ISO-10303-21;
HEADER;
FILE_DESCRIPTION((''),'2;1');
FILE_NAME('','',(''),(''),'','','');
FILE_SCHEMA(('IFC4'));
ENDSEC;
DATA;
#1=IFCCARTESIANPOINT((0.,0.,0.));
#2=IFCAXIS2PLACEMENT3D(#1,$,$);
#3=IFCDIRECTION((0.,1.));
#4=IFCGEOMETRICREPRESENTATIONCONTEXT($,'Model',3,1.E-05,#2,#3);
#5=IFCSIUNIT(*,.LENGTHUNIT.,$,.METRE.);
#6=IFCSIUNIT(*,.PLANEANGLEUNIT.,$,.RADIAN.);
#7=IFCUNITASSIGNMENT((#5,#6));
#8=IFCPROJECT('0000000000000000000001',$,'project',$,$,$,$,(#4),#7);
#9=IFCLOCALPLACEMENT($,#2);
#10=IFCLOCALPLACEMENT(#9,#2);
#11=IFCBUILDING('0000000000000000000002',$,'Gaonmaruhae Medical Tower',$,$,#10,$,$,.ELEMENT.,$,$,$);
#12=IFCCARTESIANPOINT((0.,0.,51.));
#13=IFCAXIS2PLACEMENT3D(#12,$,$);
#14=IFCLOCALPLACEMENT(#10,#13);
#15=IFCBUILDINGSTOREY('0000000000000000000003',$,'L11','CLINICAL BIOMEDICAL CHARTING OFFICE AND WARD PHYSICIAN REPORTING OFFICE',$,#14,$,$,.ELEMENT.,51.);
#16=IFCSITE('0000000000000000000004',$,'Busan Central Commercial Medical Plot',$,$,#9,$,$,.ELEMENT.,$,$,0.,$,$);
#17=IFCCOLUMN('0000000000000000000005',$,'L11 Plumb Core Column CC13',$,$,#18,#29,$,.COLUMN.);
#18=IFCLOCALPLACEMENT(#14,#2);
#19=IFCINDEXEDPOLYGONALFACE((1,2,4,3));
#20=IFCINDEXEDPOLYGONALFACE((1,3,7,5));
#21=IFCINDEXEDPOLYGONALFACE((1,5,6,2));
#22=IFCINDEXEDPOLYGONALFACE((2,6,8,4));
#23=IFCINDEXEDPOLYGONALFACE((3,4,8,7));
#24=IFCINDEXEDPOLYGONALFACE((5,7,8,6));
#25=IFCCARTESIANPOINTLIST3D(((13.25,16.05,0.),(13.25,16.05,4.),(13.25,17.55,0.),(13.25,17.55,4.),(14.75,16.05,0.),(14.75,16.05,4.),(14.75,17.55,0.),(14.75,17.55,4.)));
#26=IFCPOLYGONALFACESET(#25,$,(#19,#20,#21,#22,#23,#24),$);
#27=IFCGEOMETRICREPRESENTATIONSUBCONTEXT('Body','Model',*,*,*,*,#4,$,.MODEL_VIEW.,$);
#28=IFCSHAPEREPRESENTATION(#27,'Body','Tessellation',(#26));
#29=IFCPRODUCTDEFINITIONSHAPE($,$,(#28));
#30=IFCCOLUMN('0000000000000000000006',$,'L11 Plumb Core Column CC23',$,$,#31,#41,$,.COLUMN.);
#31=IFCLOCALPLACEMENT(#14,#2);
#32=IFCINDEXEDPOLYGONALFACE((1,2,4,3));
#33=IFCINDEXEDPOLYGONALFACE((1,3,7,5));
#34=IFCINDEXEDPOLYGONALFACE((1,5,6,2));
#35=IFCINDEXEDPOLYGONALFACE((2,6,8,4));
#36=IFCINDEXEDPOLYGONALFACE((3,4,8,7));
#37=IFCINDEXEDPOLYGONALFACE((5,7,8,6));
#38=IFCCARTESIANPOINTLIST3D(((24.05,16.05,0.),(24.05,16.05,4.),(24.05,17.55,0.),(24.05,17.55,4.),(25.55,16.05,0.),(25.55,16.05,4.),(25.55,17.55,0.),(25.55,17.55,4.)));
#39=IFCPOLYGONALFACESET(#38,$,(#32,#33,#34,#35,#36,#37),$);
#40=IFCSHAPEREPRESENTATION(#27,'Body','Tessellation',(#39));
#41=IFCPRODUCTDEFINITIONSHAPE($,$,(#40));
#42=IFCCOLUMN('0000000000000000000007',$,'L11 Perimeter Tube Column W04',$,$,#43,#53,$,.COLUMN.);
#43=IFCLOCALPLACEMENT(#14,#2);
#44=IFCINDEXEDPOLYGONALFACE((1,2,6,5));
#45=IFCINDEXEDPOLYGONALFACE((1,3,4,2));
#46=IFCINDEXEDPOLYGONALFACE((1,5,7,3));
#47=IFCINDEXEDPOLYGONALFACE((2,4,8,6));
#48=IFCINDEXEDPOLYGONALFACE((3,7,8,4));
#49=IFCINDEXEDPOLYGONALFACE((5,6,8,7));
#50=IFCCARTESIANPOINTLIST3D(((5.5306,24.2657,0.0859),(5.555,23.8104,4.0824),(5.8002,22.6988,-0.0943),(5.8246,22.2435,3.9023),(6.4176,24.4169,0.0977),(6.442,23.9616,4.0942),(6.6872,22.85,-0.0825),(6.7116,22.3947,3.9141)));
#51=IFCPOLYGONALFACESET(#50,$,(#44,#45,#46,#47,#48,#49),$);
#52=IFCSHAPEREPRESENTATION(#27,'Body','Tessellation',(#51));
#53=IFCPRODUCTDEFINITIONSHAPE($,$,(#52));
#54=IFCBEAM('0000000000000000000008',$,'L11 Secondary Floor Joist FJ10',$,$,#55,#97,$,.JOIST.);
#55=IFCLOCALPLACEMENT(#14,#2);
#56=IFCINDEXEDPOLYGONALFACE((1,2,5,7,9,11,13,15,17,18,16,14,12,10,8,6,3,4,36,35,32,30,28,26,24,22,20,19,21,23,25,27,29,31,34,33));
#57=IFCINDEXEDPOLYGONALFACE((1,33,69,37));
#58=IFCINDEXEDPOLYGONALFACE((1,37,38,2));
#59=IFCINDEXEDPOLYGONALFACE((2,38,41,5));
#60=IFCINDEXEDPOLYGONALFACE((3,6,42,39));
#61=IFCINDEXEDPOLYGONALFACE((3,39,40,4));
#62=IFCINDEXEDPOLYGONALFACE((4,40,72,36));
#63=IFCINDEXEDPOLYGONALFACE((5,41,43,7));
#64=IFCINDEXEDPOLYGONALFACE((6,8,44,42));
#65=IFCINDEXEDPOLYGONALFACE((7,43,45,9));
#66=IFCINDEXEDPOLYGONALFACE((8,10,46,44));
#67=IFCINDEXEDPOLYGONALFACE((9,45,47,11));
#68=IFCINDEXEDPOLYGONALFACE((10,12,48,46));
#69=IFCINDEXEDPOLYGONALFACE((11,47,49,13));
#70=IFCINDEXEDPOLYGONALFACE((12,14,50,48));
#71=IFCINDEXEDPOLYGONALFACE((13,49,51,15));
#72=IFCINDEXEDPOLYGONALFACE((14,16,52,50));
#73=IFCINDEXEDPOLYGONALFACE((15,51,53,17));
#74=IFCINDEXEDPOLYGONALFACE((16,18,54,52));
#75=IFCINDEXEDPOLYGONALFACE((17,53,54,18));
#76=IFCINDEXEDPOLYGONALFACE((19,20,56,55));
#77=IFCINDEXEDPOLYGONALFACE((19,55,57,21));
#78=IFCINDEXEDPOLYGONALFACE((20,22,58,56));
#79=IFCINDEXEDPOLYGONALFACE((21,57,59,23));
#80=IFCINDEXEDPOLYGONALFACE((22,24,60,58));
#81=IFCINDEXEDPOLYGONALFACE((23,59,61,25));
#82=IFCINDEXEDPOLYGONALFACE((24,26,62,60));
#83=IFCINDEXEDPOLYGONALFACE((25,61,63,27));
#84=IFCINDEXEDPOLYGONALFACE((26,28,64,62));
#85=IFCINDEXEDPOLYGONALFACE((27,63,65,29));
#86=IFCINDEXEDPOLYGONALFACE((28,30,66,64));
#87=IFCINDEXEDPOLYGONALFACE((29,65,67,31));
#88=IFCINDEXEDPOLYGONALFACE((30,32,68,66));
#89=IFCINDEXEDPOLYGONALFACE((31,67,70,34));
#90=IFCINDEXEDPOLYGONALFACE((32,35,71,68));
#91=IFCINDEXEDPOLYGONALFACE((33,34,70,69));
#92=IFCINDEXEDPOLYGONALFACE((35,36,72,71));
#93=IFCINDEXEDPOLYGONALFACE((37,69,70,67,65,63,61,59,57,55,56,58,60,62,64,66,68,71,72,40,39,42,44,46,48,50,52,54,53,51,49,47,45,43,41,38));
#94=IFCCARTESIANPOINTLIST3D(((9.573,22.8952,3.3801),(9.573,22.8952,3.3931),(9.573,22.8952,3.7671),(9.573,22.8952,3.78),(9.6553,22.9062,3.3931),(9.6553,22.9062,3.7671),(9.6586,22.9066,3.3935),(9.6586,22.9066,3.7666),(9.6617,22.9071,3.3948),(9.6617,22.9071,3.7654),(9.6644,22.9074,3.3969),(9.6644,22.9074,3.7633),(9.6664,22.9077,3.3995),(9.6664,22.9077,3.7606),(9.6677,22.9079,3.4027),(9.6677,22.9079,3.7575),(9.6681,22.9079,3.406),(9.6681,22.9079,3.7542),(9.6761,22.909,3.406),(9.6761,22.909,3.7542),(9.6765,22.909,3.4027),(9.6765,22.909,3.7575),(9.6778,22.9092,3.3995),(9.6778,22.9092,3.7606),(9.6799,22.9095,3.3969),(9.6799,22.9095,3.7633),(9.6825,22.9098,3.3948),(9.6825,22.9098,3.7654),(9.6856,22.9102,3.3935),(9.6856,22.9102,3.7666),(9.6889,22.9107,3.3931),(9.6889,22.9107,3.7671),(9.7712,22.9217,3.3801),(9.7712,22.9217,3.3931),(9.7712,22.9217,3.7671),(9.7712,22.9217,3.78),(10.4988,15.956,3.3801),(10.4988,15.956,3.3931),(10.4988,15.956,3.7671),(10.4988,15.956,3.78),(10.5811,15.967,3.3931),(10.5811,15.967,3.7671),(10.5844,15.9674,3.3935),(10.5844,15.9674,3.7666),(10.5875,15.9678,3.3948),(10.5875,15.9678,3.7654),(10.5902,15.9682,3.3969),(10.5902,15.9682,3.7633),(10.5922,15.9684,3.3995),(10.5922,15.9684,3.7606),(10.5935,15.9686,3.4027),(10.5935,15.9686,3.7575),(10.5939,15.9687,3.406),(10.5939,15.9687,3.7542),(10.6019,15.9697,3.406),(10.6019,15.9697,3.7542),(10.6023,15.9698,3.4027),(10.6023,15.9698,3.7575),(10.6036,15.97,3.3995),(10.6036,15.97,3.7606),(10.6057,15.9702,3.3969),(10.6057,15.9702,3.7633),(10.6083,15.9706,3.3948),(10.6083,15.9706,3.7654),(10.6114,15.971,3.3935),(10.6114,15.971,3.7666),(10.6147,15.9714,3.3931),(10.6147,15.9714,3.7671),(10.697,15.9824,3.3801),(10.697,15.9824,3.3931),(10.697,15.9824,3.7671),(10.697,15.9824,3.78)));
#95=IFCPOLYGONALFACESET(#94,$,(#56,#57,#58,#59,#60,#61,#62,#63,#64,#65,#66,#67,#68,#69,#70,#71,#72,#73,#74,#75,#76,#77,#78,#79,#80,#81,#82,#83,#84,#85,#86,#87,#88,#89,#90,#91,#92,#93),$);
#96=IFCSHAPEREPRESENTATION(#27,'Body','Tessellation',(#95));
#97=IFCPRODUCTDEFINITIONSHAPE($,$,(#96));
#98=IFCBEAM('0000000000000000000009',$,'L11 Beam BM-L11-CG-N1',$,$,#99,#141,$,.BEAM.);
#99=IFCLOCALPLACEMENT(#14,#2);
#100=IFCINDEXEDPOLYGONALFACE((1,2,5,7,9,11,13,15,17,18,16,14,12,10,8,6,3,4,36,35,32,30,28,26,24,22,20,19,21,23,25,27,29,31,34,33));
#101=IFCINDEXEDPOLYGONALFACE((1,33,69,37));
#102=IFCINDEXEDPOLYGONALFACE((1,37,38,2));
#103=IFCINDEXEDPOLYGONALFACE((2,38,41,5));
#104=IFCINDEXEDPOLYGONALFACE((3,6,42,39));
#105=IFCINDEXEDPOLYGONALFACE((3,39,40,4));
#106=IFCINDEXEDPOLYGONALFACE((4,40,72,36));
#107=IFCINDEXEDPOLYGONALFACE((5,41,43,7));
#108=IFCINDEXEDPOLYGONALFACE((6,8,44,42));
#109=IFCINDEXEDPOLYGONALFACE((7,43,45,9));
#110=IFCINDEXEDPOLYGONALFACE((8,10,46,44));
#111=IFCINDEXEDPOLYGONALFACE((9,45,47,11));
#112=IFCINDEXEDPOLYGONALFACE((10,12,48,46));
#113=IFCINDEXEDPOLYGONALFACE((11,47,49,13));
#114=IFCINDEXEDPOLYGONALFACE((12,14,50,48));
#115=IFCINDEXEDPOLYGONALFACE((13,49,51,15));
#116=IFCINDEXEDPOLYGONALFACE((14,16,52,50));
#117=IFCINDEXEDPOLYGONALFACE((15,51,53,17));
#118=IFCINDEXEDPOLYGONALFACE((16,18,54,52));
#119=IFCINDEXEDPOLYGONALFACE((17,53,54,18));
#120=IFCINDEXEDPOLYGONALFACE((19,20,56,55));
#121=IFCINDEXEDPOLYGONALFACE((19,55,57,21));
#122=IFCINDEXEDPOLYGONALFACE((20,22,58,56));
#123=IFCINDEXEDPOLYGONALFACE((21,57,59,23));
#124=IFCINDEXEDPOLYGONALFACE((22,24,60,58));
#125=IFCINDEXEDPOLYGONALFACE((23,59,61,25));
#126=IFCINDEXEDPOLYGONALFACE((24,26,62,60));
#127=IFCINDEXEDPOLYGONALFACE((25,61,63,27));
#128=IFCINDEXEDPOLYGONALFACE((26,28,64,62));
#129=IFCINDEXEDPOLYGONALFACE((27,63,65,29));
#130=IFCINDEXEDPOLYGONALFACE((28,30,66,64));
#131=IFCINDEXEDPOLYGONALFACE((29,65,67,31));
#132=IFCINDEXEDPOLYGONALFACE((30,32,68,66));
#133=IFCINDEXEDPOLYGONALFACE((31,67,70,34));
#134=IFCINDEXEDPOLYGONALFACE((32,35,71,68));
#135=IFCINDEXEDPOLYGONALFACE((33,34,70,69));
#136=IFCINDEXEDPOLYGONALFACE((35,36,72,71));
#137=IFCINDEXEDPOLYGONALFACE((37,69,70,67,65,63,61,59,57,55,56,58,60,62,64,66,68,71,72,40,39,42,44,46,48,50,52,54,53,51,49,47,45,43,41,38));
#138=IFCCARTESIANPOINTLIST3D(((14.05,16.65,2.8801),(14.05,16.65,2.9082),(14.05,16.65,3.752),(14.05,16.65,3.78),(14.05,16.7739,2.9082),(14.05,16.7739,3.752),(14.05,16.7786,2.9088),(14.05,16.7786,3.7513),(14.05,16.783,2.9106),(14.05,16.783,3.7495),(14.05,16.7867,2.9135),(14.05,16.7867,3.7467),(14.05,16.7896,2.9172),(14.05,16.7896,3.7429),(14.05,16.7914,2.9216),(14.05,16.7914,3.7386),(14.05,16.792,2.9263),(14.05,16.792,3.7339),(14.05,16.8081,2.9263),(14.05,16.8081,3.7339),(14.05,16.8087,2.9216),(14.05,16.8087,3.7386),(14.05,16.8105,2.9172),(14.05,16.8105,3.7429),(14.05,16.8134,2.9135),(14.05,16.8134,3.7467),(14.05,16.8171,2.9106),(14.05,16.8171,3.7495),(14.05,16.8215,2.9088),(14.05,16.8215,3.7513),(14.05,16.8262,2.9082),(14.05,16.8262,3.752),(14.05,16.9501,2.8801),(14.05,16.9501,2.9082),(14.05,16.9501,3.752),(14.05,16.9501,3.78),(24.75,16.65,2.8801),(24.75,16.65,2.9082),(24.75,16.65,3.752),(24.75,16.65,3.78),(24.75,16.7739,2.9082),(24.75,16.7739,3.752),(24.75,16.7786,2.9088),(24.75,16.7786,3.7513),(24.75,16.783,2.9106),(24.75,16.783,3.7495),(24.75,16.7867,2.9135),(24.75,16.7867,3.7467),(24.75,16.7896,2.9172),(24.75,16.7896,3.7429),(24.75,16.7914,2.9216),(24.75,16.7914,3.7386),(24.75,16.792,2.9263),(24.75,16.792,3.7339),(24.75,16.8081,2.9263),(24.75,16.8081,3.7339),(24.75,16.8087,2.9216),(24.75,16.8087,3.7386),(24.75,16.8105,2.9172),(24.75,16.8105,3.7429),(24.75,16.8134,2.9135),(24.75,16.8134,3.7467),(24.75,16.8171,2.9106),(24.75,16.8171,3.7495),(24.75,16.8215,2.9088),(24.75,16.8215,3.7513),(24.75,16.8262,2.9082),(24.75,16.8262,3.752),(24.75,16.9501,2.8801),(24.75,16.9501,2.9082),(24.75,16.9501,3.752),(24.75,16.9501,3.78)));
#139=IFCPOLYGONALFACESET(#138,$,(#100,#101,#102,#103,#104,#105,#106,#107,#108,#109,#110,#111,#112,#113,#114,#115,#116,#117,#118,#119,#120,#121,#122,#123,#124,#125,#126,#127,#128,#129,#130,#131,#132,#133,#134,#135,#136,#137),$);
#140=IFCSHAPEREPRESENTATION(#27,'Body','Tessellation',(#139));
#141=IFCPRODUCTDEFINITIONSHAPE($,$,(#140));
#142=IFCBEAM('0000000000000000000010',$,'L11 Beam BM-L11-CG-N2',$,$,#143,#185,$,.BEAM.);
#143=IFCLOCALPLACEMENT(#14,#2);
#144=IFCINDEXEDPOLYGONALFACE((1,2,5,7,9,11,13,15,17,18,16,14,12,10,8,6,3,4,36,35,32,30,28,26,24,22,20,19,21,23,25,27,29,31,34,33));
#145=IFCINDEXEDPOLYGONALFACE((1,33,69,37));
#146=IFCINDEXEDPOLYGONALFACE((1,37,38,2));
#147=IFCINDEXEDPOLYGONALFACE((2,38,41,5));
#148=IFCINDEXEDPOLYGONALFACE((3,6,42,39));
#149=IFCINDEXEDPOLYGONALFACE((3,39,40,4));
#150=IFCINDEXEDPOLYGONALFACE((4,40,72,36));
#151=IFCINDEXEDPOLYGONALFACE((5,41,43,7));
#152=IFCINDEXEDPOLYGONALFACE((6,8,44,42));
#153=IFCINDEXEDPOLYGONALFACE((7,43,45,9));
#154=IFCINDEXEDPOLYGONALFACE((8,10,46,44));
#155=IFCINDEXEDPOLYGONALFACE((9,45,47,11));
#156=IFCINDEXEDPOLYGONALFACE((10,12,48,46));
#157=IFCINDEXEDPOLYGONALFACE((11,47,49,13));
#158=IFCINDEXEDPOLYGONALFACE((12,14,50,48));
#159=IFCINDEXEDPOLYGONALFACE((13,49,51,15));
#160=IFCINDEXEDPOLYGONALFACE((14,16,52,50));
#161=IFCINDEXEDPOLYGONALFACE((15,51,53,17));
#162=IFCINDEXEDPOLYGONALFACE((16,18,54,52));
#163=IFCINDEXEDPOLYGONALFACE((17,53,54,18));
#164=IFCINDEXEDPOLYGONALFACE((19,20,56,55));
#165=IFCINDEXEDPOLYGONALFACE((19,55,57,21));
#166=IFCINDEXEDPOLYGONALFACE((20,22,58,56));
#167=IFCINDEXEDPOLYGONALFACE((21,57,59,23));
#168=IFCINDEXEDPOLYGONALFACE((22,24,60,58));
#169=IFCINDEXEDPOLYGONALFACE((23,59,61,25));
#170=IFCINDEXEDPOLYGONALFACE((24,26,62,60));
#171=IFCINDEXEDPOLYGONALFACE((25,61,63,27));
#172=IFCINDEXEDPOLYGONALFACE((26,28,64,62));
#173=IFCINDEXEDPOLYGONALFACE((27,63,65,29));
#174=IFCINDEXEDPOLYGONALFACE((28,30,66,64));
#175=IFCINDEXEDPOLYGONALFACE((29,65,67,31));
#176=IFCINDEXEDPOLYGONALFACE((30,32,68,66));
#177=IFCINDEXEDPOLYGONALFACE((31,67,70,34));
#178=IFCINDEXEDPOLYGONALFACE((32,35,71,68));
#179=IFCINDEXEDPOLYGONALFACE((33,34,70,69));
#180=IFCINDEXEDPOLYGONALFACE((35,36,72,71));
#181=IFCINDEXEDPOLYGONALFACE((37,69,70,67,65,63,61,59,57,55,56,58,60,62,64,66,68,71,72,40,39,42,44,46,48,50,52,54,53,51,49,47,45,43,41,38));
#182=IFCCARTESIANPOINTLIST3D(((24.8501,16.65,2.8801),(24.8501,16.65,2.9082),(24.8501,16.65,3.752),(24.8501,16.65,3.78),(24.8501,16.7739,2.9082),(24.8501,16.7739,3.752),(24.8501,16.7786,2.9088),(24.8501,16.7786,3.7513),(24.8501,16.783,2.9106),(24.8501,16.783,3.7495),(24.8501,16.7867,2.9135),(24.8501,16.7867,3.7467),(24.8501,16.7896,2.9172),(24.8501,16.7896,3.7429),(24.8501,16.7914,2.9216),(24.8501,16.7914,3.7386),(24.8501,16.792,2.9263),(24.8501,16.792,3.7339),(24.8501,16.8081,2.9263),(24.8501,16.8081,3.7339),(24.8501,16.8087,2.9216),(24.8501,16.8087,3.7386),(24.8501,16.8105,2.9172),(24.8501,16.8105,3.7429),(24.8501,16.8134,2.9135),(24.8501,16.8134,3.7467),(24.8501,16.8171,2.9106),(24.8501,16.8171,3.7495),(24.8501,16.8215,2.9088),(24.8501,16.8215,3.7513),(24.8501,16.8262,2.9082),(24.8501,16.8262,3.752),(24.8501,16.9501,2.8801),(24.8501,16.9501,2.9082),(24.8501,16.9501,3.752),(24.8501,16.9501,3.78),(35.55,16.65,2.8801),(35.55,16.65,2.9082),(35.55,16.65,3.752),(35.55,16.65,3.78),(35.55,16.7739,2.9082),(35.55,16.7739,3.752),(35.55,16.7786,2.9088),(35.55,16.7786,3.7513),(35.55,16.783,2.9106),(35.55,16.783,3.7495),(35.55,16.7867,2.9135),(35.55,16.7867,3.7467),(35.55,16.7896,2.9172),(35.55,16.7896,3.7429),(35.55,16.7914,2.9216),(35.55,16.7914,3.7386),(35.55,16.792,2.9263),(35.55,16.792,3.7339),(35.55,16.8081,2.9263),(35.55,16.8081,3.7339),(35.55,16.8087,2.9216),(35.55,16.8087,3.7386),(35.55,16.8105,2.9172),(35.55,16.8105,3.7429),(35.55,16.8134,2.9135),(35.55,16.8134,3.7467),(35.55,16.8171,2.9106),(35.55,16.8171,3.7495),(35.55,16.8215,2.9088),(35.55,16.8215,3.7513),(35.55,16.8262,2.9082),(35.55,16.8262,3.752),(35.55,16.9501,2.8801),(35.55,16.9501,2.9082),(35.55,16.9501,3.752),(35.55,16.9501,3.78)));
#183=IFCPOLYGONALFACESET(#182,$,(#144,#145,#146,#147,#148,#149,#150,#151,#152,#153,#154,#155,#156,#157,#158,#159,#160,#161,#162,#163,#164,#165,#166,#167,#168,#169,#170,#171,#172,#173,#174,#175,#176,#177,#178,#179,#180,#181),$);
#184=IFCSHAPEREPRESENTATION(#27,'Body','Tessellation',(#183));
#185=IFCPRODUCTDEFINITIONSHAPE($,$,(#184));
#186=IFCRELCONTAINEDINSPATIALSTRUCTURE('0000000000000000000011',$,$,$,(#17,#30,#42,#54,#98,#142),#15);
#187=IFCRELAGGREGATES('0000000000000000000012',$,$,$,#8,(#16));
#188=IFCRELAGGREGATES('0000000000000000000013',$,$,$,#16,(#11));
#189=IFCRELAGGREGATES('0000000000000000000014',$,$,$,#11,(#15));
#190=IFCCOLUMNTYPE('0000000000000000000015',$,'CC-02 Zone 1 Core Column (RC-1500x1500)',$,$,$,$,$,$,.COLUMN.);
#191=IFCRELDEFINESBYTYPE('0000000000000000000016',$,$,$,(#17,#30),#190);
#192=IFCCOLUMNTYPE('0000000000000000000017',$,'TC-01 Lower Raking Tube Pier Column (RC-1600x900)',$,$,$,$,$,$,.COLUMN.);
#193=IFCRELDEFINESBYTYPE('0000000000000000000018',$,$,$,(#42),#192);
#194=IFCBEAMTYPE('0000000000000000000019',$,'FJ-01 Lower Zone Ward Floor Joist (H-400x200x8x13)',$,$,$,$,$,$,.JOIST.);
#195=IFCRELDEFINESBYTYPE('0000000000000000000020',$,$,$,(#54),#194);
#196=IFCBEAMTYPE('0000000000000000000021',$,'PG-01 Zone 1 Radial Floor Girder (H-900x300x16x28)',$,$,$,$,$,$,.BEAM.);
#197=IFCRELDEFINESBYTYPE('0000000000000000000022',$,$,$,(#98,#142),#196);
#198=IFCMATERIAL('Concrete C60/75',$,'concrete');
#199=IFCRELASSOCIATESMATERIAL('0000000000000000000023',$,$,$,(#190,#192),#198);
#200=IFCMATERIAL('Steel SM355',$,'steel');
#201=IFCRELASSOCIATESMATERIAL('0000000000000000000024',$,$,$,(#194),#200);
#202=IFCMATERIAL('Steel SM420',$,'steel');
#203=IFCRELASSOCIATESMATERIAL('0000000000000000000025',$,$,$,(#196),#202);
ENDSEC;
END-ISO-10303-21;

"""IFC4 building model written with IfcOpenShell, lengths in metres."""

from ifc_helpers import new_model, si_unit, direction, frame, origin, origin_2d, place, context, subcontext, project, spatial, rectangle, i_section, extrude, material, material_profile, profile_set, type_object, element, save


model = new_model("IFC4")

# Units and contexts
model_context = context("Model", 3, precision=1e-05, world=origin(), true_north=direction((0.0, 1.0)))
body_context = subcontext(model_context, "Body", "Model", "MODEL_VIEW")
ifc_project = project(units=[si_unit("LENGTHUNIT", "METRE"), si_unit("PLANEANGLEUNIT", "RADIAN")], contexts=[model_context])

# Site, building, storey
site_placement = place(None, origin())
site = spatial("IfcSite", under=ifc_project, at=site_placement, Name="Busan Central Commercial Medical Plot", CompositionType="ELEMENT", RefElevation=0.0)
building_placement = place(site_placement, origin())
building = spatial("IfcBuilding", under=site, at=building_placement, Name="Gaonmaruhae Medical Tower", CompositionType="ELEMENT")
storey_placement = place(building_placement, frame((0.0, 0.0, 51.0)))
storey = spatial("IfcBuildingStorey", under=building, at=storey_placement, Name="L11", Description="CLINICAL BIOMEDICAL CHARTING OFFICE AND WARD PHYSICIAN REPORTING OFFICE", CompositionType="ELEMENT", Elevation=51.0)

# Columns
ifc_material_1 = material(Name="Concrete C60/75", Category="concrete")
ifc_material_profile_1 = material_profile(ifc_material_1, rectangle(XDim=1.5, YDim=1.5, at=origin_2d()), Name="RC-1500x1500")
ifc_profile_set_1 = profile_set([ifc_material_profile_1], Name="Concrete C60/75")
column_type_1 = type_object("IfcColumnType", Name="CC-02 Zone 1 Core Column (RC-1500x1500)", PredefinedType="COLUMN", material=ifc_profile_set_1)
for number, where, z_axis, x_axis, name in (
    (1, (14.0, 16.8, 0.0), (0.0, 0.0, 1.0), (1.0, 0.0, 0.0), "L11 Plumb Core Column CC13"),
    (2, (24.8, 16.8, 0.0), (0.0, 0.0, 1.0), (1.0, 0.0, 0.0), "L11 Plumb Core Column CC23"),
):
    element("IfcColumn", number, at=place(storey_placement, frame(where, z_axis=z_axis, x_axis=x_axis)), inside=storey, type_object=column_type_1, Name=name, PredefinedType="COLUMN", context=body_context, shape_type="SweptSolid", body=[
        extrude(rectangle(XDim=1.5, YDim=1.5, at=origin_2d()), origin(), (0.0, 0.0, 1.0), 4.0),
    ])
ifc_material_profile_2 = material_profile(ifc_material_1, rectangle(XDim=1.6001, YDim=0.8999, at=origin_2d()), Name="RC-1600x900")
ifc_profile_set_2 = profile_set([ifc_material_profile_2], Name="Concrete C60/75")
column_type_2 = type_object("IfcColumnType", Name="TC-01 Lower Raking Tube Pier Column (RC-1600x900)", PredefinedType="COLUMN", material=ifc_profile_set_2)
column_placement = place(storey_placement, frame((6.1089, 23.5579, 0.0017), z_axis=(0.006069, -0.113194, 0.993554), x_axis=(-0.168477, 0.979254, 0.112594)))
element("IfcColumn", 3, at=column_placement, inside=storey, type_object=column_type_2, Name="L11 Perimeter Tube Column W04", PredefinedType="COLUMN", context=body_context, shape_type="SweptSolid", body=[
    extrude(rectangle(XDim=1.6001, YDim=0.8999, at=origin_2d()), origin(), (0.0, 0.0, 1.0), 4.0225),
])

# Beams
ifc_material_2 = material(Name="Steel SM355", Category="steel")
ifc_material_profile_3 = material_profile(ifc_material_2, i_section(OverallWidth=0.2, OverallDepth=0.3999, WebThickness=0.0081, FlangeThickness=0.0129, FilletRadius=0.0129, at=origin_2d()), Name="H-400x200x8x13")
ifc_profile_set_3 = profile_set([ifc_material_profile_3], Name="Steel SM355")
beam_type_1 = type_object("IfcBeamType", Name="FJ-01 Lower Zone Ward Floor Joist (H-400x200x8x13)", PredefinedType="JOIST", material=ifc_profile_set_3)
beam_1_placement = place(storey_placement, frame((9.6721, 22.9084, 3.5801), z_axis=(0.132241, -0.991218, 0.0), x_axis=(0.991218, 0.132241, 0.0)))
element("IfcBeam", 4, at=beam_1_placement, inside=storey, type_object=beam_type_1, Name="L11 Secondary Floor Joist FJ10", PredefinedType="JOIST", context=body_context, shape_type="SweptSolid", body=[
    extrude(i_section(OverallWidth=0.2, OverallDepth=0.3999, WebThickness=0.0081, FlangeThickness=0.0129, FilletRadius=0.0129, at=origin_2d()), origin(), (0.0, 0.0, 1.0), 7.0007),
])
ifc_material_3 = material(Name="Steel SM420", Category="steel")
ifc_material_profile_4 = material_profile(ifc_material_3, i_section(OverallWidth=0.3, OverallDepth=0.8999, WebThickness=0.0161, FlangeThickness=0.0281, FilletRadius=0.0181, at=origin_2d()), Name="H-900x300x16x28")
ifc_profile_set_4 = profile_set([ifc_material_profile_4], Name="Steel SM420")
beam_type_2 = type_object("IfcBeamType", Name="PG-01 Zone 1 Radial Floor Girder (H-900x300x16x28)", PredefinedType="BEAM", material=ifc_profile_set_4)
for number, where, z_axis, x_axis, name in (
    (5, (14.05, 16.8, 3.3301), (1.0, 0.0, 0.0), (0.0, 1.0, 0.0), "L11 Beam BM-L11-CG-N1"),
    (6, (24.8501, 16.8, 3.3301), (1.0, 0.0, 0.0), (0.0, 1.0, 0.0), "L11 Beam BM-L11-CG-N2"),
):
    element("IfcBeam", number, at=place(storey_placement, frame(where, z_axis=z_axis, x_axis=x_axis)), inside=storey, type_object=beam_type_2, Name=name, PredefinedType="BEAM", context=body_context, shape_type="SweptSolid", body=[
        extrude(i_section(OverallWidth=0.3, OverallDepth=0.8999, WebThickness=0.0161, FlangeThickness=0.0281, FilletRadius=0.0181, at=origin_2d()), origin(), (0.0, 0.0, 1.0), 10.7),
    ])

save(model, "model.ifc")
